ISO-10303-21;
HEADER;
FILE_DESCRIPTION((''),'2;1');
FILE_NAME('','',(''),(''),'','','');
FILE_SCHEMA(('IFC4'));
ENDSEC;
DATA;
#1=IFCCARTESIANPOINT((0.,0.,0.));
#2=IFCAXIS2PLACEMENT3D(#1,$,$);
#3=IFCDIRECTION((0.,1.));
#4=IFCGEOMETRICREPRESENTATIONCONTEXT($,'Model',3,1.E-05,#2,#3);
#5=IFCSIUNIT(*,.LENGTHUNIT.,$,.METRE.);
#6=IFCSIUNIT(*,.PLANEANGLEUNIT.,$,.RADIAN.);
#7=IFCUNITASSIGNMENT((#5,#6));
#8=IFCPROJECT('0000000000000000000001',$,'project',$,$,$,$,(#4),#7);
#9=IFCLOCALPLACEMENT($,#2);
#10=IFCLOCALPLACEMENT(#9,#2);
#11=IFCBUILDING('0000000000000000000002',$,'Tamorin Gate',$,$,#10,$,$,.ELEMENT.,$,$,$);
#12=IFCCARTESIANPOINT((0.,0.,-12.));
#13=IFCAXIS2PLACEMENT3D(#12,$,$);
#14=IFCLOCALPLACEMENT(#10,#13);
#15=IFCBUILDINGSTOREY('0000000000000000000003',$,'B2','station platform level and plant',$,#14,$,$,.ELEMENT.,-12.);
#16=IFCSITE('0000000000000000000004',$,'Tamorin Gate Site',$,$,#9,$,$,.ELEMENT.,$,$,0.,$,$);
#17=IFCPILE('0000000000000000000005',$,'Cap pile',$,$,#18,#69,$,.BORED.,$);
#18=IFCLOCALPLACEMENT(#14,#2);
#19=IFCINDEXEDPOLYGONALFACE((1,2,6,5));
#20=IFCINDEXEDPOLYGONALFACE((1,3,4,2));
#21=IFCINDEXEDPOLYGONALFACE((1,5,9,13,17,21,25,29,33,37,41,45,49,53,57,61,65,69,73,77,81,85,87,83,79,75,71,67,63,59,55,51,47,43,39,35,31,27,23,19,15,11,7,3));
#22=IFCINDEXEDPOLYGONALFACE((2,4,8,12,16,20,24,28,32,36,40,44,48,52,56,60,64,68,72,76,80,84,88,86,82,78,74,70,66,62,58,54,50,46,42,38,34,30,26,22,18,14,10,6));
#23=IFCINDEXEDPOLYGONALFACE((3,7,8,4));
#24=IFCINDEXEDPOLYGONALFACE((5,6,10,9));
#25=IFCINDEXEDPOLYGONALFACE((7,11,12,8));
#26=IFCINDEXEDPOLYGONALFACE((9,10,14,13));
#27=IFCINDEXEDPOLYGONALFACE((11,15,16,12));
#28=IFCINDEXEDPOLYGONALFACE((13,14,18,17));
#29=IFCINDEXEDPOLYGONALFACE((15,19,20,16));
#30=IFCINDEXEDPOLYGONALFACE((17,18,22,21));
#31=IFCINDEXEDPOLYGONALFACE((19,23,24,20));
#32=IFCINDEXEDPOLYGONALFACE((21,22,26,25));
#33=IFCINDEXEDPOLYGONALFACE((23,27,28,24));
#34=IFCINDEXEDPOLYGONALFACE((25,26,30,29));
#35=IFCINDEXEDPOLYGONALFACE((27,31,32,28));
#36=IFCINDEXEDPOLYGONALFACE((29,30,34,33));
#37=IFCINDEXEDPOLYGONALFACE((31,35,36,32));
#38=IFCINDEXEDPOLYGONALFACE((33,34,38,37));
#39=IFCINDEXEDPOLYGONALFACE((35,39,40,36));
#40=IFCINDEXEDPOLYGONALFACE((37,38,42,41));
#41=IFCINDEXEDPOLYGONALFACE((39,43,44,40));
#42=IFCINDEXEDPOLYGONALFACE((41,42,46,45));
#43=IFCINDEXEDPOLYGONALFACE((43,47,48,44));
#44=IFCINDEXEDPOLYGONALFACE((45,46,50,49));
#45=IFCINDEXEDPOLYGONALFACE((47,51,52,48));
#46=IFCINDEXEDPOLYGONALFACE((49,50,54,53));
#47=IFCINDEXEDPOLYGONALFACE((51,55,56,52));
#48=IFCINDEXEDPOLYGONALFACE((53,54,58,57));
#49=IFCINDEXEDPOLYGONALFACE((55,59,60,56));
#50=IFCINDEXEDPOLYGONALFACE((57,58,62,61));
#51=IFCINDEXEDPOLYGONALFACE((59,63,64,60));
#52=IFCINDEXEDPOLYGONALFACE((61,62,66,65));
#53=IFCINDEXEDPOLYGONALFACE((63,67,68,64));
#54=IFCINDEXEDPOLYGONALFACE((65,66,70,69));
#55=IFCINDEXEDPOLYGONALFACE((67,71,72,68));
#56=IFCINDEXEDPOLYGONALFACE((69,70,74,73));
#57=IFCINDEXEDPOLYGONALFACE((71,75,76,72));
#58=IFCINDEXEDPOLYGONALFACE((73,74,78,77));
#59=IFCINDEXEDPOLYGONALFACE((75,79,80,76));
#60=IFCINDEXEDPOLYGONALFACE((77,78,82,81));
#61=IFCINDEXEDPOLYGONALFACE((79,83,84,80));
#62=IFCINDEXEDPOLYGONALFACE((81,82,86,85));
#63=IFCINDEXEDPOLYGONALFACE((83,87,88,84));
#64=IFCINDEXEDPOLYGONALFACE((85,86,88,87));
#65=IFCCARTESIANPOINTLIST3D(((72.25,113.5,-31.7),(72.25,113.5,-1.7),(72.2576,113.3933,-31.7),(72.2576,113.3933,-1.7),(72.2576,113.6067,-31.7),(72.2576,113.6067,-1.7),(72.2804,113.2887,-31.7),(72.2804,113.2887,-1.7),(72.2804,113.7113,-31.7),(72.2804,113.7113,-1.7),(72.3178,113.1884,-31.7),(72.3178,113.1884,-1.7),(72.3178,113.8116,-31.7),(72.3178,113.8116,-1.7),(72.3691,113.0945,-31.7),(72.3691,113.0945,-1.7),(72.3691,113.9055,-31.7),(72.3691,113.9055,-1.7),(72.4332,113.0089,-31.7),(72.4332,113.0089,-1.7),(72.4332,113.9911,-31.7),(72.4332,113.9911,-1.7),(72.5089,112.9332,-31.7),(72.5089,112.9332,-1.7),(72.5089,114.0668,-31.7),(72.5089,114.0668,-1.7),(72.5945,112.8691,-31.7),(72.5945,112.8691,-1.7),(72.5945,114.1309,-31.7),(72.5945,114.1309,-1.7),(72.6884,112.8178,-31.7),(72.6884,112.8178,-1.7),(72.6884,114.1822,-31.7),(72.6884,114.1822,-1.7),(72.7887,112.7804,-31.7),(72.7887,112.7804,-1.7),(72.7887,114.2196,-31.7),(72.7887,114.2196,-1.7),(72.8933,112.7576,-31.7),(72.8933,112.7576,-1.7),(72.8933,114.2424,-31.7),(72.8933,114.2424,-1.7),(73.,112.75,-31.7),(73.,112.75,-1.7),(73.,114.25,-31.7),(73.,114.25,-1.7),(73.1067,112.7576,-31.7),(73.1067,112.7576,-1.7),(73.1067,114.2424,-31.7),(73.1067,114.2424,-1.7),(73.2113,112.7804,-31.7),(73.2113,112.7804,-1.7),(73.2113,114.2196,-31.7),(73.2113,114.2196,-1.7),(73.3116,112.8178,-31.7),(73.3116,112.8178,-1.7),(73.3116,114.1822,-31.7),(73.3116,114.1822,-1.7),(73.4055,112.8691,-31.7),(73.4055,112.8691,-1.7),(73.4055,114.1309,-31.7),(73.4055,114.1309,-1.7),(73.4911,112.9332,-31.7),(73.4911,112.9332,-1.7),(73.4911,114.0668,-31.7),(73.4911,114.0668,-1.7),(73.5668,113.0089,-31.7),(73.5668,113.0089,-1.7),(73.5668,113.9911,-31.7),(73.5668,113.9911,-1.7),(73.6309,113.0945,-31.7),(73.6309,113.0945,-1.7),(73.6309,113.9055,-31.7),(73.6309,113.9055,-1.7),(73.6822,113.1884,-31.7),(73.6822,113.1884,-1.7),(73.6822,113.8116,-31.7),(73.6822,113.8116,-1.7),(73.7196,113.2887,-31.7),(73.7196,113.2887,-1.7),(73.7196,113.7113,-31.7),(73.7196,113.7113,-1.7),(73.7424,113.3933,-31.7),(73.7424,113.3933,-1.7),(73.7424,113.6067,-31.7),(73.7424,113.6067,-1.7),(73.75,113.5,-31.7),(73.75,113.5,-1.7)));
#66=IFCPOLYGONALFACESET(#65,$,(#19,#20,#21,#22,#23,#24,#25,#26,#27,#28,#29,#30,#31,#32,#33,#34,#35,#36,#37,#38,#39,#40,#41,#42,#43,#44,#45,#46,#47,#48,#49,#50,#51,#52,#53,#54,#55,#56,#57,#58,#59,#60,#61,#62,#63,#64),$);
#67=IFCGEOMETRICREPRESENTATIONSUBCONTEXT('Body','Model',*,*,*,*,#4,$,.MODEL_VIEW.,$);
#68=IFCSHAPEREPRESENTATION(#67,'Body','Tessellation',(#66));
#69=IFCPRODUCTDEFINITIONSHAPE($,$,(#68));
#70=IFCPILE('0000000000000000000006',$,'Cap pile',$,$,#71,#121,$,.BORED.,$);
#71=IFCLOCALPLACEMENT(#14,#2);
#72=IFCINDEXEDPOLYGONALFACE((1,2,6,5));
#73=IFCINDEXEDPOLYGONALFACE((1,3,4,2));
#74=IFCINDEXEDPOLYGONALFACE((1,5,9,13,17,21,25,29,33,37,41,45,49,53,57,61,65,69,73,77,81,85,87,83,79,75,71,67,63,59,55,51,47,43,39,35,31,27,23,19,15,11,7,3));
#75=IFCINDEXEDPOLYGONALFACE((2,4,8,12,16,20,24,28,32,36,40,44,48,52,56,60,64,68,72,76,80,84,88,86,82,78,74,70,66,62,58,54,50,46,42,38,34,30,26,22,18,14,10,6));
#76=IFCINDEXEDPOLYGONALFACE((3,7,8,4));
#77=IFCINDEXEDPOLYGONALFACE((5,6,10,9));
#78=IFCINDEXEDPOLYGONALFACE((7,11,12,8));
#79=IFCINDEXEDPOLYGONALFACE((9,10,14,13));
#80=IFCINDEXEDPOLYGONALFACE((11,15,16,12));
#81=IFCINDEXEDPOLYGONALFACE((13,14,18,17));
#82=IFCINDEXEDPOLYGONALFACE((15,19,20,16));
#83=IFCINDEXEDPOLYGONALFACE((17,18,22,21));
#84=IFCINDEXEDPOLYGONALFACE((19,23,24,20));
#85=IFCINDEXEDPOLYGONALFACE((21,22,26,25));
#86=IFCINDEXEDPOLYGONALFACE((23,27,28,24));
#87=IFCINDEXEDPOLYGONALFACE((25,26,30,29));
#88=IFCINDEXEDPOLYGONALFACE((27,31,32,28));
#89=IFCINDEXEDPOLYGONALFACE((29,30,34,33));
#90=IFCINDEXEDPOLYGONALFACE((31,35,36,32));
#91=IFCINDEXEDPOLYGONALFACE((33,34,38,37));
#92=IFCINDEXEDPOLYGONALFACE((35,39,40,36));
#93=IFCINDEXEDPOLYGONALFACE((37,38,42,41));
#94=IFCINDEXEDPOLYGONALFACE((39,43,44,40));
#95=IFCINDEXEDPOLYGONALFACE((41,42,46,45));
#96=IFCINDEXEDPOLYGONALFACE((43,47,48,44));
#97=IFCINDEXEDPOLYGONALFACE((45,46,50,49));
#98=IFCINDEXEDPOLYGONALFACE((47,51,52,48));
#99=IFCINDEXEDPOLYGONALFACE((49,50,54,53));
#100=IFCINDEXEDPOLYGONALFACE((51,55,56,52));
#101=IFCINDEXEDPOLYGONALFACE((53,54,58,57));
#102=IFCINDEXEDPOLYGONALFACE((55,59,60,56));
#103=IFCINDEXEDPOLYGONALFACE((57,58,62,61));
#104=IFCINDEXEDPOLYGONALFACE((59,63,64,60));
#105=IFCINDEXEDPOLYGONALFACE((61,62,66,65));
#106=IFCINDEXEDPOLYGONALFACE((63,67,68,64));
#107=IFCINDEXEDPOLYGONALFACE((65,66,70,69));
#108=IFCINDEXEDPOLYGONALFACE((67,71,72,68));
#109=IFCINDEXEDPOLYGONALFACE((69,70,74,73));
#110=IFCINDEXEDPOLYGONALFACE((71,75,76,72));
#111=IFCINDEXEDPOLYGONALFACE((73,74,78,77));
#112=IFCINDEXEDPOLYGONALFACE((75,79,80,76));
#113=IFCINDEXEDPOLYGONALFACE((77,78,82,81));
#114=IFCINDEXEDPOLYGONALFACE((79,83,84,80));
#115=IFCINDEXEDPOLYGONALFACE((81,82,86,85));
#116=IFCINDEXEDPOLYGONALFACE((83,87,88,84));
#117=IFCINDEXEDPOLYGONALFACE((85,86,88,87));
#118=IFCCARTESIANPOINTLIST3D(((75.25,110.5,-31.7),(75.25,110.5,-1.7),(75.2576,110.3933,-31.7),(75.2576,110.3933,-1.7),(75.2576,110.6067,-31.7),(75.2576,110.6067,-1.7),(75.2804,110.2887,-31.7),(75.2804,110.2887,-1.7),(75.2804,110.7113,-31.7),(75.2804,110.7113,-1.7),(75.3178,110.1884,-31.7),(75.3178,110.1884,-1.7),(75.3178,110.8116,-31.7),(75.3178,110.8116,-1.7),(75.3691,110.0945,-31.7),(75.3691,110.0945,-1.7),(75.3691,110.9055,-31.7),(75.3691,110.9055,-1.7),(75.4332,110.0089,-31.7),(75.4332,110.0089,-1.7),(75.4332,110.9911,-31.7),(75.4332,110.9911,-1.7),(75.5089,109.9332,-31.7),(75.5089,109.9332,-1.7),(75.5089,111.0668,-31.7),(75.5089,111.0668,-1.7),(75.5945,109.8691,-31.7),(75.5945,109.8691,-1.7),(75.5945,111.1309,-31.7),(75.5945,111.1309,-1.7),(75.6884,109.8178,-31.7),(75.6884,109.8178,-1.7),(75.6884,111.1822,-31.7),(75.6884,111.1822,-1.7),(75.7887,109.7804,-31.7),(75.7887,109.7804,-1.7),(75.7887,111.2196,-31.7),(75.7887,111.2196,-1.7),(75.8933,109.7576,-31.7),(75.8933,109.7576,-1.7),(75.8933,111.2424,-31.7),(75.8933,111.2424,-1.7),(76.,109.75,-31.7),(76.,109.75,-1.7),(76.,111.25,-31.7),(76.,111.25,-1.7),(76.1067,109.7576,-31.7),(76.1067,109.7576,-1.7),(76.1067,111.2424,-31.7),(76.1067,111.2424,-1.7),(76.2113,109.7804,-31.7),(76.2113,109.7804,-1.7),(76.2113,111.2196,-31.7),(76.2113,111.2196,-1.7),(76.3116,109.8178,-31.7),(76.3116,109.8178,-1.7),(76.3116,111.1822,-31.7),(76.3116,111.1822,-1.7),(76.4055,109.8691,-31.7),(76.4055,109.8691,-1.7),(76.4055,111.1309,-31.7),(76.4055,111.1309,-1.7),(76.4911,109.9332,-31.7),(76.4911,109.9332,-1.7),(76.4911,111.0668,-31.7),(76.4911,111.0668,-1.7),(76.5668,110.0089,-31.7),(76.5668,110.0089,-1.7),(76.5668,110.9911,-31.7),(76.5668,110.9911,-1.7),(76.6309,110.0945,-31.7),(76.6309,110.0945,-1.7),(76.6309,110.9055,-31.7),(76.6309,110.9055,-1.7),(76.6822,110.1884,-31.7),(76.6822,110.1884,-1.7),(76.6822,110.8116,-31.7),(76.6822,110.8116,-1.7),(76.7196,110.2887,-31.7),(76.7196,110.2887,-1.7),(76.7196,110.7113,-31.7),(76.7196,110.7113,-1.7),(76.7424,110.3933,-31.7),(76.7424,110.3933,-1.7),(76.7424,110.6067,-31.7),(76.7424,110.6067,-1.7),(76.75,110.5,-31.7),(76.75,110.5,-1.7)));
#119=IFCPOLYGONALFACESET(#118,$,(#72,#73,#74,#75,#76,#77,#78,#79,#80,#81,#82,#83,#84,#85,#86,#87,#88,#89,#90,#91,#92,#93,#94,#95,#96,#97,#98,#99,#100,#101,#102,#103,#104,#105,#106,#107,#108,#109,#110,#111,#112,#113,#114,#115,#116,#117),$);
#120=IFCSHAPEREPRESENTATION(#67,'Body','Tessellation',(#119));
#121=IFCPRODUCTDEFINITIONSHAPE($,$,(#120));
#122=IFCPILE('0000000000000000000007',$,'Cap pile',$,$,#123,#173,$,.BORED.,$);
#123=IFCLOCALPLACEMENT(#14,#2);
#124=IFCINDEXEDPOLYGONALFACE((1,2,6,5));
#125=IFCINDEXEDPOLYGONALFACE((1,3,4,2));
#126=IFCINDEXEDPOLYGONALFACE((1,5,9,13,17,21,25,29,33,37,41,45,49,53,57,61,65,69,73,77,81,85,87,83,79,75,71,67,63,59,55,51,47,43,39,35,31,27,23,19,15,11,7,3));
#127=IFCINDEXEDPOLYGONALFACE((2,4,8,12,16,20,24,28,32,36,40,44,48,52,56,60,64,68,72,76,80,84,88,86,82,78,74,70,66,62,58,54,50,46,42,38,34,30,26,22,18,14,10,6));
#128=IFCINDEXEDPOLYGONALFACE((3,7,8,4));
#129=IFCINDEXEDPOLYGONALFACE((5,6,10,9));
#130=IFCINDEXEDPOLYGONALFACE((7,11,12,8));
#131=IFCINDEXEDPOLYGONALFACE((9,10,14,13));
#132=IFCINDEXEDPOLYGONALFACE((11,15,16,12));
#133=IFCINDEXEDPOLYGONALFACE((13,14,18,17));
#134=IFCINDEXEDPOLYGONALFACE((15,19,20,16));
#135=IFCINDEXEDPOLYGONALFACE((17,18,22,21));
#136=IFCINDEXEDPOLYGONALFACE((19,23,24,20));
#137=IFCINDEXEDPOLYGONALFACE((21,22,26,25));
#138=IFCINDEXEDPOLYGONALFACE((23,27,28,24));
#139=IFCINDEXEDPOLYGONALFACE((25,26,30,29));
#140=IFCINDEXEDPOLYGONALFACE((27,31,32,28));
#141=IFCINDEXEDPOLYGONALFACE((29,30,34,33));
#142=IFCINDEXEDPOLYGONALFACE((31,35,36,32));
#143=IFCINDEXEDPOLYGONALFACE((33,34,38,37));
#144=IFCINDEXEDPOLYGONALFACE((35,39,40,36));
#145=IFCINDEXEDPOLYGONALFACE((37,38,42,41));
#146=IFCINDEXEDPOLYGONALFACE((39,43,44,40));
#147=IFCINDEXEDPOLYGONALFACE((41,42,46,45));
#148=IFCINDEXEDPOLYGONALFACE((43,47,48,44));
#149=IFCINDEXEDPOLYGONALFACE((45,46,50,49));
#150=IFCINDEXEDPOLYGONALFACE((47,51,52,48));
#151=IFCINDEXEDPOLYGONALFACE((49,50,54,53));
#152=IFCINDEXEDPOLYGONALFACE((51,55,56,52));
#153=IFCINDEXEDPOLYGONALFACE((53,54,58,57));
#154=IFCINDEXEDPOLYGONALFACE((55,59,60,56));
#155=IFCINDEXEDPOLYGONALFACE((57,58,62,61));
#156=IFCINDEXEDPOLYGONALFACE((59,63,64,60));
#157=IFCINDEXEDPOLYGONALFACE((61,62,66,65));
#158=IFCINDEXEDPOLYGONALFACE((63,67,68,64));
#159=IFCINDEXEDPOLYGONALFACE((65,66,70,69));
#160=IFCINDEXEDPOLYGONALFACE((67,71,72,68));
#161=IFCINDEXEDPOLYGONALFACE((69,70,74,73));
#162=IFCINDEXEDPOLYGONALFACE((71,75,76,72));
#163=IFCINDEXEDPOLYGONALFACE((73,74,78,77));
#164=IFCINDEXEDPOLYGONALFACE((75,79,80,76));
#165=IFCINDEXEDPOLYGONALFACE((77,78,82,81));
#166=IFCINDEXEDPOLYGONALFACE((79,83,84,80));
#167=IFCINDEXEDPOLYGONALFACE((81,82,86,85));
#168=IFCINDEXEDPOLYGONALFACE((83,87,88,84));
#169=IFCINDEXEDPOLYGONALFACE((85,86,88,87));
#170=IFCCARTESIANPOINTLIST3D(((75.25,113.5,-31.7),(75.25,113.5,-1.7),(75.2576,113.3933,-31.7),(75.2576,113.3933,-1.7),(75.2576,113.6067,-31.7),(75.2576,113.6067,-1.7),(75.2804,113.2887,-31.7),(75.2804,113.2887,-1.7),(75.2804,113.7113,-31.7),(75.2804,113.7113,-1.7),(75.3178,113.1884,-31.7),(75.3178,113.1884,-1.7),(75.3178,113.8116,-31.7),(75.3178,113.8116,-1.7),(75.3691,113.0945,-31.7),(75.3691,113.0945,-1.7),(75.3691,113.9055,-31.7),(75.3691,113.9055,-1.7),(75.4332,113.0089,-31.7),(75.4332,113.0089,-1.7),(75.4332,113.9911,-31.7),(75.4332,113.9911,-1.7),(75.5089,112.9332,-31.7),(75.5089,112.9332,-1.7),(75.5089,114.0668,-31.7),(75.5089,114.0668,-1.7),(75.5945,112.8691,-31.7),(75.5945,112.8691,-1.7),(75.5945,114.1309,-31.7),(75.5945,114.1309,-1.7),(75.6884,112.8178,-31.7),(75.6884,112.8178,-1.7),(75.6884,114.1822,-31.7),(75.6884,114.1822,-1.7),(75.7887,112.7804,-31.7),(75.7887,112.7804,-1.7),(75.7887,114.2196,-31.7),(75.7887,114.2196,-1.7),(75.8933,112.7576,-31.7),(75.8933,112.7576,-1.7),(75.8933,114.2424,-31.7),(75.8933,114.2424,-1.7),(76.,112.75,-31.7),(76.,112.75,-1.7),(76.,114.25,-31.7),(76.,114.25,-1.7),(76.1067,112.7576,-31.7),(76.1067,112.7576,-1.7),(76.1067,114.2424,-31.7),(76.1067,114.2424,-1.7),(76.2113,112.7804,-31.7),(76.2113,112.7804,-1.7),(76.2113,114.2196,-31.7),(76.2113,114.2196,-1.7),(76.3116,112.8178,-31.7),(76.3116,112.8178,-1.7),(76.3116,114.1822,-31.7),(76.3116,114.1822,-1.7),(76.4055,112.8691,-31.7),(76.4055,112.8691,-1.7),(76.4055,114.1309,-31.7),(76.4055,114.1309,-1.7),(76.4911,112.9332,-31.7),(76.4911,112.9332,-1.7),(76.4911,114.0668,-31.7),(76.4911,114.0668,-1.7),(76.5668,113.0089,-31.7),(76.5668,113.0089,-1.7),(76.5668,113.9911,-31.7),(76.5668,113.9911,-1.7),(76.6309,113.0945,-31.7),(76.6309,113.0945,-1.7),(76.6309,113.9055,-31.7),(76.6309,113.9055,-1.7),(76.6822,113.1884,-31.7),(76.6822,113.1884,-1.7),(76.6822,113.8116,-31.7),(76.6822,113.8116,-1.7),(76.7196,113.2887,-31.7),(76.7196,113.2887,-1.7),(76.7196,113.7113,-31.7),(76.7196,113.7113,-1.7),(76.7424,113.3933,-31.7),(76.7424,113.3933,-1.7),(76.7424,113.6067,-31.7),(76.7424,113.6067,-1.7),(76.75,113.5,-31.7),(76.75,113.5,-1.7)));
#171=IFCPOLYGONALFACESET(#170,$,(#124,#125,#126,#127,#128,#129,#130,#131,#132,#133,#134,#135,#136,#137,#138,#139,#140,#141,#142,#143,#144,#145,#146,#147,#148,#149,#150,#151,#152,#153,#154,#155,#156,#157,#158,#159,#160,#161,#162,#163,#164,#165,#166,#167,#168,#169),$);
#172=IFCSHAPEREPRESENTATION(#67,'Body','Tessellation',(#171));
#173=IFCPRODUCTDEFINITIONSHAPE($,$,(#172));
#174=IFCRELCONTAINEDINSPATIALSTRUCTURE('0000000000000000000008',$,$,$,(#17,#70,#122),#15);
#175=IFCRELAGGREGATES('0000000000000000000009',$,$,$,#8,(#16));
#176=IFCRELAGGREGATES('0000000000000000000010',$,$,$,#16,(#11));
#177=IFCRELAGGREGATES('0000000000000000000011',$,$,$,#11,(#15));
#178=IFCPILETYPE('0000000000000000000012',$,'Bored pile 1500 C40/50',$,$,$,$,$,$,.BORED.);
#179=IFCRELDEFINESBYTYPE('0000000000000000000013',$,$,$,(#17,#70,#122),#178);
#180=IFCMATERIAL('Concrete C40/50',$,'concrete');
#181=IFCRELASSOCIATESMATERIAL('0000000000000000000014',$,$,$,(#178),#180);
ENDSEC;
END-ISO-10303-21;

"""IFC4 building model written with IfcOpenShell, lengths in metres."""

from ifc_helpers import new_model, si_unit, direction, frame, origin, origin_2d, place, context, subcontext, project, spatial, circle, extrude, material, material_profile, profile_set, type_object, element, save


model = new_model("IFC4")

# Units and contexts
model_context = context("Model", 3, precision=1e-05, world=origin(), true_north=direction((0.0, 1.0)))
body_context = subcontext(model_context, "Body", "Model", "MODEL_VIEW")
ifc_project = project(units=[si_unit("LENGTHUNIT", "METRE"), si_unit("PLANEANGLEUNIT", "RADIAN")], contexts=[model_context])

# Site, building, storey
site_placement = place(None, origin())
site = spatial("IfcSite", under=ifc_project, at=site_placement, Name="Tamorin Gate Site", CompositionType="ELEMENT", RefElevation=0.0)
building_placement = place(site_placement, origin())
building = spatial("IfcBuilding", under=site, at=building_placement, Name="Tamorin Gate", CompositionType="ELEMENT")
storey_placement = place(building_placement, frame((0.0, 0.0, -12.0)))
storey = spatial("IfcBuildingStorey", under=building, at=storey_placement, Name="B2", Description="station platform level and plant", CompositionType="ELEMENT", Elevation=-12.0)

# Piles
ifc_material_1 = material(Name="Concrete C40/50", Category="concrete")
ifc_material_profile_1 = material_profile(ifc_material_1, circle(Radius=0.75, at=origin_2d()))
ifc_profile_set_1 = profile_set([ifc_material_profile_1], Name="Concrete C40/50")
pile_type = type_object("IfcPileType", Name="Bored pile 1500 C40/50", PredefinedType="BORED", material=ifc_profile_set_1)
for number, where, z_axis, x_axis, name in (
    (1, (73.0, 113.5, -1.7), (0.0, 0.0, -1.0), (1.0, 0.0, 0.0), "Cap pile"),
    (2, (76.0, 110.5, -1.7), (0.0, 0.0, -1.0), (1.0, 0.0, 0.0), "Cap pile"),
    (3, (76.0, 113.5, -1.7), (0.0, 0.0, -1.0), (1.0, 0.0, 0.0), "Cap pile"),
):
    element("IfcPile", number, at=place(storey_placement, frame(where, z_axis=z_axis, x_axis=x_axis)), inside=storey, type_object=pile_type, Name=name, PredefinedType="BORED", context=body_context, shape_type="SweptSolid", body=[
        extrude(circle(Radius=0.75, at=origin_2d()), origin(), (0.0, 0.0, 1.0), 30.0),
    ])

save(model, "model.ifc")
